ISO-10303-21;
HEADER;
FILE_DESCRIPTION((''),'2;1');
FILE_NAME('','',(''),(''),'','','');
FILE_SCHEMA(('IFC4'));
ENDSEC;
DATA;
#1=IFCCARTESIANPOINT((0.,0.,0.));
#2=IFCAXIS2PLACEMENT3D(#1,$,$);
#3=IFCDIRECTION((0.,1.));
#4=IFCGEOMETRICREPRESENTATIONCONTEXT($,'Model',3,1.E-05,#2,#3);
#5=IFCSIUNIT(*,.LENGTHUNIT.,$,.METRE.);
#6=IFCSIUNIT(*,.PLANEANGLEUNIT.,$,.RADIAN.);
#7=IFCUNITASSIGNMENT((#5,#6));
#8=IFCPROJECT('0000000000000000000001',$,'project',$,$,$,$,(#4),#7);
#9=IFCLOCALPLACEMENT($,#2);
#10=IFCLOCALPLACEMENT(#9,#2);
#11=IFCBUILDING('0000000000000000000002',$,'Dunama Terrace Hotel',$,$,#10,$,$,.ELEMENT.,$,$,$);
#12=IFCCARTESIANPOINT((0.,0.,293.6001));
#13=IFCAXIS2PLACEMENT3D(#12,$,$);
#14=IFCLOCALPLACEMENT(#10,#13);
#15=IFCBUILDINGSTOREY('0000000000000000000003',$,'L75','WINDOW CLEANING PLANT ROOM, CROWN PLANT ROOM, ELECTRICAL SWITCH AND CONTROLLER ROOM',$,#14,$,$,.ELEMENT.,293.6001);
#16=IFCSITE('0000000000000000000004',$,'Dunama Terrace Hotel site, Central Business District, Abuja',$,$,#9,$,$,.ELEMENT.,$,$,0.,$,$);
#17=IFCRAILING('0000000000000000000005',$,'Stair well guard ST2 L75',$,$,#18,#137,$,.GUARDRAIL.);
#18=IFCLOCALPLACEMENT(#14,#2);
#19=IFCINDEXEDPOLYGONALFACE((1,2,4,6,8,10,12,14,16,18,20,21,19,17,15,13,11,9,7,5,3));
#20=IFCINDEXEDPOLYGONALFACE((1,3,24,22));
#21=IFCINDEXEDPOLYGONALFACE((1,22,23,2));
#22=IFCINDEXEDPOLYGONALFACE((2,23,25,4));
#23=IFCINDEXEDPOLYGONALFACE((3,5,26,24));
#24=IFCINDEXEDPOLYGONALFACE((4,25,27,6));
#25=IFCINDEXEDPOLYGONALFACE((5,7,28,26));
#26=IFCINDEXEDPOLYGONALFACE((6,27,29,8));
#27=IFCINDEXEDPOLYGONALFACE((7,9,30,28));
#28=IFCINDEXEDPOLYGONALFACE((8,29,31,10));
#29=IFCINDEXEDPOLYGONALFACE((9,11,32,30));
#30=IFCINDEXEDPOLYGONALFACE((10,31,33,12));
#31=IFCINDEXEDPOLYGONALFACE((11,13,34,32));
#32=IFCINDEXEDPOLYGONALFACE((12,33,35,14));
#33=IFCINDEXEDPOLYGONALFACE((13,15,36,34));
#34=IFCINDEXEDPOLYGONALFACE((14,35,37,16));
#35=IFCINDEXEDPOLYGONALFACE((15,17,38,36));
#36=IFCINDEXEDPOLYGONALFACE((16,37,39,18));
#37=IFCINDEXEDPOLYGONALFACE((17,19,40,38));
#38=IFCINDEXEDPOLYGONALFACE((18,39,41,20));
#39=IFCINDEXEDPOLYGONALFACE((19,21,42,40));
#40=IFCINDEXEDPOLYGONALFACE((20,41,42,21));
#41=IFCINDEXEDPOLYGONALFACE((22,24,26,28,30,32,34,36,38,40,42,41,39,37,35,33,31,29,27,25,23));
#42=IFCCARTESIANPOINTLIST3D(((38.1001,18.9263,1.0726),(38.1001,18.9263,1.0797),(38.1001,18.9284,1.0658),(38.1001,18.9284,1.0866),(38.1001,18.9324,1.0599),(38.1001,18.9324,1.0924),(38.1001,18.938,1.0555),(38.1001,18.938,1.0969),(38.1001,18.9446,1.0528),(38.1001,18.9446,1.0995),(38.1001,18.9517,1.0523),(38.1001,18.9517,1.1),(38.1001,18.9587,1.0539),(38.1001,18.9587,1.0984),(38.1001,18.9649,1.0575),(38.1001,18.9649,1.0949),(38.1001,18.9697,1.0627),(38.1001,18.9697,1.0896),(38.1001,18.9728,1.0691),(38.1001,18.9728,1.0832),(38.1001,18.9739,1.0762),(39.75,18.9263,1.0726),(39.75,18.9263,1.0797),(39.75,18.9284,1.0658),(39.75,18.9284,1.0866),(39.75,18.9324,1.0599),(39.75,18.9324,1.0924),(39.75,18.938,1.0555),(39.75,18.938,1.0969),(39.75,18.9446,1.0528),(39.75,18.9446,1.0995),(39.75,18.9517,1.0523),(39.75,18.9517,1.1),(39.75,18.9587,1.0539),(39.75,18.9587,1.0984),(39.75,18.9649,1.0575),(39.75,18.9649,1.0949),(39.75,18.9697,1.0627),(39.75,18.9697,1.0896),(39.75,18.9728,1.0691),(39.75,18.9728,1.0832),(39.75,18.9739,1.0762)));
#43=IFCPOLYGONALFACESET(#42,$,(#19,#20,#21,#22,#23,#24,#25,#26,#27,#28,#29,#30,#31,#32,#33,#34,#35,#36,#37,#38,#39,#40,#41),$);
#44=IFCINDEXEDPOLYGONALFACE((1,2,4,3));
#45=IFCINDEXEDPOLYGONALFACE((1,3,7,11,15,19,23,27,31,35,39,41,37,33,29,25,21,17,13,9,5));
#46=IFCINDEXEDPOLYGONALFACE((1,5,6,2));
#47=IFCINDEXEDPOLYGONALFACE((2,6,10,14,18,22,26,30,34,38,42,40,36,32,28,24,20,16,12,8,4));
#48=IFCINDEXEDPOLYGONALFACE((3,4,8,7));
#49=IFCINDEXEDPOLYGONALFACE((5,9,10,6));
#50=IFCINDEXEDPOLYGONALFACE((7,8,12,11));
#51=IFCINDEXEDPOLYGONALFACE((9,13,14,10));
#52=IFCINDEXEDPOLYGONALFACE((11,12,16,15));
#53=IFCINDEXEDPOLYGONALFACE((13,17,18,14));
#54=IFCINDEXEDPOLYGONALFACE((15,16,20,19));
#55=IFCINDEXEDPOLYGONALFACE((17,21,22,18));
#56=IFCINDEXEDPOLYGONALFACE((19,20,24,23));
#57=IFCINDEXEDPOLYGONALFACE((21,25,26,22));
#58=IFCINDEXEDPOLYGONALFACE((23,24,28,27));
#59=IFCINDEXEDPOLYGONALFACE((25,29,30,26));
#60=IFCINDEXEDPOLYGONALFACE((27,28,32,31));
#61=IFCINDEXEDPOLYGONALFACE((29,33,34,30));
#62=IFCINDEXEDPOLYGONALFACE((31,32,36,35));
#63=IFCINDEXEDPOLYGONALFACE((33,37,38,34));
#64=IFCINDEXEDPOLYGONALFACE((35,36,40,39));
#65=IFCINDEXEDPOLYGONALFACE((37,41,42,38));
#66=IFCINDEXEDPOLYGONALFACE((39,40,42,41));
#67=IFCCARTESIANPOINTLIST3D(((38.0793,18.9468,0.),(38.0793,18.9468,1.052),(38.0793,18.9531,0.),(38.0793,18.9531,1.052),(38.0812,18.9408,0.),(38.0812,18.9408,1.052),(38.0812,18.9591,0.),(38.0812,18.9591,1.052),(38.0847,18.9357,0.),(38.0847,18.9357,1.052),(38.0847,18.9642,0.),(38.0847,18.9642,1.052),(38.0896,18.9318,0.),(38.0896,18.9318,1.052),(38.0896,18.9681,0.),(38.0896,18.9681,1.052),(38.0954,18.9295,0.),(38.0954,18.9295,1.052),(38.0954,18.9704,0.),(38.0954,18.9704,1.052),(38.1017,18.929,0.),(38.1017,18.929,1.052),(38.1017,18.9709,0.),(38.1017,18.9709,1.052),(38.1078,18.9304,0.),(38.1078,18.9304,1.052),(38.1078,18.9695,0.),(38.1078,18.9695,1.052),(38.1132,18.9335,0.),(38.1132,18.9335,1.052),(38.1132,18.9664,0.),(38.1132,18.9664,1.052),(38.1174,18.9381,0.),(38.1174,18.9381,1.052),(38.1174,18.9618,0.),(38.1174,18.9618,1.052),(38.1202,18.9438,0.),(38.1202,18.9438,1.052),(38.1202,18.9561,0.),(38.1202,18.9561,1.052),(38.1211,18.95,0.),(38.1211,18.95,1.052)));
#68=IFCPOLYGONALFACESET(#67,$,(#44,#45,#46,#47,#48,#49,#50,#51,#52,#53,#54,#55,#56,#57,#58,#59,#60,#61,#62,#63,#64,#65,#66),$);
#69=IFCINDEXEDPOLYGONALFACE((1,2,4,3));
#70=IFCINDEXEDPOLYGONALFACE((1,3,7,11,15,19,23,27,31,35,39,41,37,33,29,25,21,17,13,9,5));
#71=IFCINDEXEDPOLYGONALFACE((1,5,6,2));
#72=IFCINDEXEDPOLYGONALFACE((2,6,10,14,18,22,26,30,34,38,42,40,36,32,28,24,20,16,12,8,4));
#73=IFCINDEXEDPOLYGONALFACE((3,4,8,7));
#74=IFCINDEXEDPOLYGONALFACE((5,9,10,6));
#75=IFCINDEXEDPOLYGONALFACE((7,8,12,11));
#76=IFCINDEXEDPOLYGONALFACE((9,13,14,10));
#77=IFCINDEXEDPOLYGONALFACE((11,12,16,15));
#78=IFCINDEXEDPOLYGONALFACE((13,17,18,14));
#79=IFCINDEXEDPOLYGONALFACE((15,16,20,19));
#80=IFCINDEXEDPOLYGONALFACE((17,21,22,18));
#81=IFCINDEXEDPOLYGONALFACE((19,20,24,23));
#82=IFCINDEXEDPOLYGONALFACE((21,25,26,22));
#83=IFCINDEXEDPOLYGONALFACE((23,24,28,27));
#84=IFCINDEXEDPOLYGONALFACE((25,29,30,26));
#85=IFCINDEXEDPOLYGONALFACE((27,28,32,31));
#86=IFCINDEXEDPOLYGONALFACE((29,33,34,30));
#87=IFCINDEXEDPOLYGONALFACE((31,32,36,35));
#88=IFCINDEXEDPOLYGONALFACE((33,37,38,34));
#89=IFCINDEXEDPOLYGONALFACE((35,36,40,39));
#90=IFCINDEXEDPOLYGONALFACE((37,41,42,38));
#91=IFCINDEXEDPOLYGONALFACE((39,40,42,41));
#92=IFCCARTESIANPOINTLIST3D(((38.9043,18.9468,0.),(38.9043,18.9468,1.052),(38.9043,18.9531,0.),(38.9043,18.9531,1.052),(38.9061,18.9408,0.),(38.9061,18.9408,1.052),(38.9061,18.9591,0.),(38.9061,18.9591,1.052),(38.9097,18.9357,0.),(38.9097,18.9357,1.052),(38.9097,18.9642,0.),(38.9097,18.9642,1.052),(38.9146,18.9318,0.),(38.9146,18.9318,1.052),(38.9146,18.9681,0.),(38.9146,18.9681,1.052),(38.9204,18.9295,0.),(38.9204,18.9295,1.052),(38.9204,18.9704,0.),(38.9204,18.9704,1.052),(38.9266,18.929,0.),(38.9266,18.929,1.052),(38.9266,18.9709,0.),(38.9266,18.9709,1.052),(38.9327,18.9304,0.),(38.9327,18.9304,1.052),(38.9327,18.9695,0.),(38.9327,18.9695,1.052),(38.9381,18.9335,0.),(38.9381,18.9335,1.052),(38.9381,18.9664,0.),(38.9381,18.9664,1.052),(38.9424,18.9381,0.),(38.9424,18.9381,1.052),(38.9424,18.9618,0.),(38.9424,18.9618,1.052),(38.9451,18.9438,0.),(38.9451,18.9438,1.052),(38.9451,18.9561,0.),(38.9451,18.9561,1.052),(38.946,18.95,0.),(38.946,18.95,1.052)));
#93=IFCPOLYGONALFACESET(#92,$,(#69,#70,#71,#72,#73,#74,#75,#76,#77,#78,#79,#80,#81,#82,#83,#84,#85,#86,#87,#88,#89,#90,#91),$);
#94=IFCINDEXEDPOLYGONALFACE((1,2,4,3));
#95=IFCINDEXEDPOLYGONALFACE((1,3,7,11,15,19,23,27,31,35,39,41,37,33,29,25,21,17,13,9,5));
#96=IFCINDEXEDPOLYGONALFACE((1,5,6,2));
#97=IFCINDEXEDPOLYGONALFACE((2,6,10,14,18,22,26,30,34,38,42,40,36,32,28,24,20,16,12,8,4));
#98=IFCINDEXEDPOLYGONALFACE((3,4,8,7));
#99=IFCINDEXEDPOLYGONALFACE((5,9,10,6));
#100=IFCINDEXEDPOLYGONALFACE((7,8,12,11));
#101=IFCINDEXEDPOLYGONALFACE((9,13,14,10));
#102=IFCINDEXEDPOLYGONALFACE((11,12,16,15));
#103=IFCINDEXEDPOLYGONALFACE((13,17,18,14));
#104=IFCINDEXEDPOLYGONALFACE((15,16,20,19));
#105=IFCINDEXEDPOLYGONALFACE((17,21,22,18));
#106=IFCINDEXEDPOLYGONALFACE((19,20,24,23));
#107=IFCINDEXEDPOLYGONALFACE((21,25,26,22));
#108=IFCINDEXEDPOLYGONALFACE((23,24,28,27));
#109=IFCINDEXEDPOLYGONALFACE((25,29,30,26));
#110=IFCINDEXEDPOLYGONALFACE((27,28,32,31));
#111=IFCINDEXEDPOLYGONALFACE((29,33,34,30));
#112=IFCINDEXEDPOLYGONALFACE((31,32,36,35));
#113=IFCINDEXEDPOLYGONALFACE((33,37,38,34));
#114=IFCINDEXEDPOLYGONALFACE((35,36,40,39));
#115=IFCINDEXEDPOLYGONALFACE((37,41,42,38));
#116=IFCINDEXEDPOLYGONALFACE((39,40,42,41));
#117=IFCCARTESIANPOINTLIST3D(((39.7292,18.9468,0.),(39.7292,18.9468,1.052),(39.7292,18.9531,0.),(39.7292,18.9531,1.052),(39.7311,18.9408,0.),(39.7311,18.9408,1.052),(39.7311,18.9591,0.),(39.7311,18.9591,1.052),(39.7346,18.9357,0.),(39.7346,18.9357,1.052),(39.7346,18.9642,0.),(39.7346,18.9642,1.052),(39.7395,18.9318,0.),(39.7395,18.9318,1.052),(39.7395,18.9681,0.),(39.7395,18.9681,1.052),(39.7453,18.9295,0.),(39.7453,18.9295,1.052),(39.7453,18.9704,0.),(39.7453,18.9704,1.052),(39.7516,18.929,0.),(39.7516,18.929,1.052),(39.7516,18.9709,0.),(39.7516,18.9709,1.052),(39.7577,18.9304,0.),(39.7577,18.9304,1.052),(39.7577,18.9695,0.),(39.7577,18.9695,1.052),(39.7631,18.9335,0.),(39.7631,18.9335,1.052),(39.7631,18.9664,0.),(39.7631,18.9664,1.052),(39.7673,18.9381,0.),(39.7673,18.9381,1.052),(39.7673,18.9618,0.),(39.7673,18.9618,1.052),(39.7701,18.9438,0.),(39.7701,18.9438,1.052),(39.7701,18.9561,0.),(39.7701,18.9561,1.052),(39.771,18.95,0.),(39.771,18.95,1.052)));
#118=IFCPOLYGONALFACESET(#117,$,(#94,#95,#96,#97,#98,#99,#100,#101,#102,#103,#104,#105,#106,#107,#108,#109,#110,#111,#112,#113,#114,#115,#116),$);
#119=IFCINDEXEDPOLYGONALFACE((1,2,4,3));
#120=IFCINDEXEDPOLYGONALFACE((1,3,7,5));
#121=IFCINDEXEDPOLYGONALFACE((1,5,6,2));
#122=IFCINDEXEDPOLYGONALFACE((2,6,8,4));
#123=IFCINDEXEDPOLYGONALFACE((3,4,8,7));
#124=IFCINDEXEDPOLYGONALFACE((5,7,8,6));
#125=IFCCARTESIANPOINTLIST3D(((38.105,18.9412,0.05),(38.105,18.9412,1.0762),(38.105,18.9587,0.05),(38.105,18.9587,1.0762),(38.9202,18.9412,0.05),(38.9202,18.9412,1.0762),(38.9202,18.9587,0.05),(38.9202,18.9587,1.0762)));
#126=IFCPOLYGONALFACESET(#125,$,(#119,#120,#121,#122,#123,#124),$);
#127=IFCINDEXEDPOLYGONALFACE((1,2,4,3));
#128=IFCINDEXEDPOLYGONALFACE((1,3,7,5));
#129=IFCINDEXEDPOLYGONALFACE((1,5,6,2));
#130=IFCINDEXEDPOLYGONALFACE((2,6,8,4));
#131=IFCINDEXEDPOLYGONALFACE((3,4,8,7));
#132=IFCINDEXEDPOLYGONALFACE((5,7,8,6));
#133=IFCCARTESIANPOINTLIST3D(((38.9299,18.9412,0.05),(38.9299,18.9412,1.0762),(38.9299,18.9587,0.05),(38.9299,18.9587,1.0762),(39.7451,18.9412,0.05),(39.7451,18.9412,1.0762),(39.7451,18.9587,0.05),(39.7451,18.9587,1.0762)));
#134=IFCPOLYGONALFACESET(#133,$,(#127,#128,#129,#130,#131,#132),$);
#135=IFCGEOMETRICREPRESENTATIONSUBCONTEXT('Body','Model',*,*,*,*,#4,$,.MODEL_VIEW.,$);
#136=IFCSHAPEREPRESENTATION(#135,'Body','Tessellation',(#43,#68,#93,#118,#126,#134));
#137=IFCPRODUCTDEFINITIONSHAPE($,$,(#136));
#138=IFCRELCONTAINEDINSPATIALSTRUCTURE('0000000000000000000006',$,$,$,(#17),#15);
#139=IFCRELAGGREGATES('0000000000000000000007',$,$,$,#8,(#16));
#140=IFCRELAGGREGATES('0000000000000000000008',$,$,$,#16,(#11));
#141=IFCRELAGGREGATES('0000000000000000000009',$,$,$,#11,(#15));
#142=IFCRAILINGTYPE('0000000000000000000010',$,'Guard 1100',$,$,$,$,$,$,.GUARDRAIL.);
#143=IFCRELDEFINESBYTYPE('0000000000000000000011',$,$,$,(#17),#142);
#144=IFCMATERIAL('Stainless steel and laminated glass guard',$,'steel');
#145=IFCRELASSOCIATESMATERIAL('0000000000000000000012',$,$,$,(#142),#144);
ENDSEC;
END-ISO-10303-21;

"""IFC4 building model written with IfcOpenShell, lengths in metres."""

from ifc_helpers import new_model, si_unit, direction, frame, origin, origin_2d, place, context, subcontext, project, spatial, polyline, circle, outline, extrude, material, type_object, element, save


model = new_model("IFC4")

# Units and contexts
model_context = context("Model", 3, precision=1e-05, world=origin(), true_north=direction((0.0, 1.0)))
body_context = subcontext(model_context, "Body", "Model", "MODEL_VIEW")
ifc_project = project(units=[si_unit("LENGTHUNIT", "METRE"), si_unit("PLANEANGLEUNIT", "RADIAN")], contexts=[model_context])

# Site, building, storey
site_placement = place(None, origin())
site = spatial("IfcSite", under=ifc_project, at=site_placement, Name="Dunama Terrace Hotel site, Central Business District, Abuja", CompositionType="ELEMENT", RefElevation=0.0)
building_placement = place(site_placement, origin())
building = spatial("IfcBuilding", under=site, at=building_placement, Name="Dunama Terrace Hotel", CompositionType="ELEMENT")
storey_placement = place(building_placement, frame((0.0, 0.0, 293.6001)))
storey = spatial("IfcBuildingStorey", under=building, at=storey_placement, Name="L75", Description="WINDOW CLEANING PLANT ROOM, CROWN PLANT ROOM, ELECTRICAL SWITCH AND CONTROLLER ROOM", CompositionType="ELEMENT", Elevation=293.6001)

# Railing
ifc_material_1 = material(Name="Stainless steel and laminated glass guard", Category="steel")
railing_type = type_object("IfcRailingType", Name="Guard 1100", PredefinedType="GUARDRAIL", material=ifc_material_1)
railing_placement = place(storey_placement, frame((38.1001, 18.95, 0.0)))
element("IfcRailing", 1, at=railing_placement, inside=storey, type_object=railing_type, Name="Stair well guard ST2 L75", PredefinedType="GUARDRAIL", context=body_context, shape_type="SweptSolid", body=[
    extrude(circle(Radius=0.0239, at=origin_2d()), frame((0.0, 0.0, 1.0762), z_axis=(1.0, 0.0, 0.0), x_axis=(0.0, 1.0, 0.0)), (0.0, 0.0, 1.0), 1.6499),
    extrude(circle(Radius=0.021, at=origin_2d()), origin(), (0.0, 0.0, 1.0), 1.052),
    extrude(circle(Radius=0.021, at=origin_2d()), frame((0.825, 0.0, 0.0)), (0.0, 0.0, 1.0), 1.052),
    extrude(circle(Radius=0.021, at=origin_2d()), frame((1.6499, 0.0, 0.0)), (0.0, 0.0, 1.0), 1.052),
    extrude(outline(polyline([(0.0049, 0.05), (0.8201, 0.05), (0.8201, 1.0762), (0.0049, 1.0762), (0.0049, 0.05)])), frame((0.0, 0.0088, 0.0), z_axis=(0.0, -1.0, 0.0), x_axis=(1.0, 0.0, 0.0)), (0.0, 0.0, 1.0), 0.0176),
    extrude(outline(polyline([(0.0049, 0.05), (0.8201, 0.05), (0.8201, 1.0762), (0.0049, 1.0762), (0.0049, 0.05)])), frame((0.825, 0.0088, 0.0), z_axis=(0.0, -1.0, 0.0), x_axis=(1.0, 0.0, 0.0)), (0.0, 0.0, 1.0), 0.0176),
])

save(model, "model.ifc")
